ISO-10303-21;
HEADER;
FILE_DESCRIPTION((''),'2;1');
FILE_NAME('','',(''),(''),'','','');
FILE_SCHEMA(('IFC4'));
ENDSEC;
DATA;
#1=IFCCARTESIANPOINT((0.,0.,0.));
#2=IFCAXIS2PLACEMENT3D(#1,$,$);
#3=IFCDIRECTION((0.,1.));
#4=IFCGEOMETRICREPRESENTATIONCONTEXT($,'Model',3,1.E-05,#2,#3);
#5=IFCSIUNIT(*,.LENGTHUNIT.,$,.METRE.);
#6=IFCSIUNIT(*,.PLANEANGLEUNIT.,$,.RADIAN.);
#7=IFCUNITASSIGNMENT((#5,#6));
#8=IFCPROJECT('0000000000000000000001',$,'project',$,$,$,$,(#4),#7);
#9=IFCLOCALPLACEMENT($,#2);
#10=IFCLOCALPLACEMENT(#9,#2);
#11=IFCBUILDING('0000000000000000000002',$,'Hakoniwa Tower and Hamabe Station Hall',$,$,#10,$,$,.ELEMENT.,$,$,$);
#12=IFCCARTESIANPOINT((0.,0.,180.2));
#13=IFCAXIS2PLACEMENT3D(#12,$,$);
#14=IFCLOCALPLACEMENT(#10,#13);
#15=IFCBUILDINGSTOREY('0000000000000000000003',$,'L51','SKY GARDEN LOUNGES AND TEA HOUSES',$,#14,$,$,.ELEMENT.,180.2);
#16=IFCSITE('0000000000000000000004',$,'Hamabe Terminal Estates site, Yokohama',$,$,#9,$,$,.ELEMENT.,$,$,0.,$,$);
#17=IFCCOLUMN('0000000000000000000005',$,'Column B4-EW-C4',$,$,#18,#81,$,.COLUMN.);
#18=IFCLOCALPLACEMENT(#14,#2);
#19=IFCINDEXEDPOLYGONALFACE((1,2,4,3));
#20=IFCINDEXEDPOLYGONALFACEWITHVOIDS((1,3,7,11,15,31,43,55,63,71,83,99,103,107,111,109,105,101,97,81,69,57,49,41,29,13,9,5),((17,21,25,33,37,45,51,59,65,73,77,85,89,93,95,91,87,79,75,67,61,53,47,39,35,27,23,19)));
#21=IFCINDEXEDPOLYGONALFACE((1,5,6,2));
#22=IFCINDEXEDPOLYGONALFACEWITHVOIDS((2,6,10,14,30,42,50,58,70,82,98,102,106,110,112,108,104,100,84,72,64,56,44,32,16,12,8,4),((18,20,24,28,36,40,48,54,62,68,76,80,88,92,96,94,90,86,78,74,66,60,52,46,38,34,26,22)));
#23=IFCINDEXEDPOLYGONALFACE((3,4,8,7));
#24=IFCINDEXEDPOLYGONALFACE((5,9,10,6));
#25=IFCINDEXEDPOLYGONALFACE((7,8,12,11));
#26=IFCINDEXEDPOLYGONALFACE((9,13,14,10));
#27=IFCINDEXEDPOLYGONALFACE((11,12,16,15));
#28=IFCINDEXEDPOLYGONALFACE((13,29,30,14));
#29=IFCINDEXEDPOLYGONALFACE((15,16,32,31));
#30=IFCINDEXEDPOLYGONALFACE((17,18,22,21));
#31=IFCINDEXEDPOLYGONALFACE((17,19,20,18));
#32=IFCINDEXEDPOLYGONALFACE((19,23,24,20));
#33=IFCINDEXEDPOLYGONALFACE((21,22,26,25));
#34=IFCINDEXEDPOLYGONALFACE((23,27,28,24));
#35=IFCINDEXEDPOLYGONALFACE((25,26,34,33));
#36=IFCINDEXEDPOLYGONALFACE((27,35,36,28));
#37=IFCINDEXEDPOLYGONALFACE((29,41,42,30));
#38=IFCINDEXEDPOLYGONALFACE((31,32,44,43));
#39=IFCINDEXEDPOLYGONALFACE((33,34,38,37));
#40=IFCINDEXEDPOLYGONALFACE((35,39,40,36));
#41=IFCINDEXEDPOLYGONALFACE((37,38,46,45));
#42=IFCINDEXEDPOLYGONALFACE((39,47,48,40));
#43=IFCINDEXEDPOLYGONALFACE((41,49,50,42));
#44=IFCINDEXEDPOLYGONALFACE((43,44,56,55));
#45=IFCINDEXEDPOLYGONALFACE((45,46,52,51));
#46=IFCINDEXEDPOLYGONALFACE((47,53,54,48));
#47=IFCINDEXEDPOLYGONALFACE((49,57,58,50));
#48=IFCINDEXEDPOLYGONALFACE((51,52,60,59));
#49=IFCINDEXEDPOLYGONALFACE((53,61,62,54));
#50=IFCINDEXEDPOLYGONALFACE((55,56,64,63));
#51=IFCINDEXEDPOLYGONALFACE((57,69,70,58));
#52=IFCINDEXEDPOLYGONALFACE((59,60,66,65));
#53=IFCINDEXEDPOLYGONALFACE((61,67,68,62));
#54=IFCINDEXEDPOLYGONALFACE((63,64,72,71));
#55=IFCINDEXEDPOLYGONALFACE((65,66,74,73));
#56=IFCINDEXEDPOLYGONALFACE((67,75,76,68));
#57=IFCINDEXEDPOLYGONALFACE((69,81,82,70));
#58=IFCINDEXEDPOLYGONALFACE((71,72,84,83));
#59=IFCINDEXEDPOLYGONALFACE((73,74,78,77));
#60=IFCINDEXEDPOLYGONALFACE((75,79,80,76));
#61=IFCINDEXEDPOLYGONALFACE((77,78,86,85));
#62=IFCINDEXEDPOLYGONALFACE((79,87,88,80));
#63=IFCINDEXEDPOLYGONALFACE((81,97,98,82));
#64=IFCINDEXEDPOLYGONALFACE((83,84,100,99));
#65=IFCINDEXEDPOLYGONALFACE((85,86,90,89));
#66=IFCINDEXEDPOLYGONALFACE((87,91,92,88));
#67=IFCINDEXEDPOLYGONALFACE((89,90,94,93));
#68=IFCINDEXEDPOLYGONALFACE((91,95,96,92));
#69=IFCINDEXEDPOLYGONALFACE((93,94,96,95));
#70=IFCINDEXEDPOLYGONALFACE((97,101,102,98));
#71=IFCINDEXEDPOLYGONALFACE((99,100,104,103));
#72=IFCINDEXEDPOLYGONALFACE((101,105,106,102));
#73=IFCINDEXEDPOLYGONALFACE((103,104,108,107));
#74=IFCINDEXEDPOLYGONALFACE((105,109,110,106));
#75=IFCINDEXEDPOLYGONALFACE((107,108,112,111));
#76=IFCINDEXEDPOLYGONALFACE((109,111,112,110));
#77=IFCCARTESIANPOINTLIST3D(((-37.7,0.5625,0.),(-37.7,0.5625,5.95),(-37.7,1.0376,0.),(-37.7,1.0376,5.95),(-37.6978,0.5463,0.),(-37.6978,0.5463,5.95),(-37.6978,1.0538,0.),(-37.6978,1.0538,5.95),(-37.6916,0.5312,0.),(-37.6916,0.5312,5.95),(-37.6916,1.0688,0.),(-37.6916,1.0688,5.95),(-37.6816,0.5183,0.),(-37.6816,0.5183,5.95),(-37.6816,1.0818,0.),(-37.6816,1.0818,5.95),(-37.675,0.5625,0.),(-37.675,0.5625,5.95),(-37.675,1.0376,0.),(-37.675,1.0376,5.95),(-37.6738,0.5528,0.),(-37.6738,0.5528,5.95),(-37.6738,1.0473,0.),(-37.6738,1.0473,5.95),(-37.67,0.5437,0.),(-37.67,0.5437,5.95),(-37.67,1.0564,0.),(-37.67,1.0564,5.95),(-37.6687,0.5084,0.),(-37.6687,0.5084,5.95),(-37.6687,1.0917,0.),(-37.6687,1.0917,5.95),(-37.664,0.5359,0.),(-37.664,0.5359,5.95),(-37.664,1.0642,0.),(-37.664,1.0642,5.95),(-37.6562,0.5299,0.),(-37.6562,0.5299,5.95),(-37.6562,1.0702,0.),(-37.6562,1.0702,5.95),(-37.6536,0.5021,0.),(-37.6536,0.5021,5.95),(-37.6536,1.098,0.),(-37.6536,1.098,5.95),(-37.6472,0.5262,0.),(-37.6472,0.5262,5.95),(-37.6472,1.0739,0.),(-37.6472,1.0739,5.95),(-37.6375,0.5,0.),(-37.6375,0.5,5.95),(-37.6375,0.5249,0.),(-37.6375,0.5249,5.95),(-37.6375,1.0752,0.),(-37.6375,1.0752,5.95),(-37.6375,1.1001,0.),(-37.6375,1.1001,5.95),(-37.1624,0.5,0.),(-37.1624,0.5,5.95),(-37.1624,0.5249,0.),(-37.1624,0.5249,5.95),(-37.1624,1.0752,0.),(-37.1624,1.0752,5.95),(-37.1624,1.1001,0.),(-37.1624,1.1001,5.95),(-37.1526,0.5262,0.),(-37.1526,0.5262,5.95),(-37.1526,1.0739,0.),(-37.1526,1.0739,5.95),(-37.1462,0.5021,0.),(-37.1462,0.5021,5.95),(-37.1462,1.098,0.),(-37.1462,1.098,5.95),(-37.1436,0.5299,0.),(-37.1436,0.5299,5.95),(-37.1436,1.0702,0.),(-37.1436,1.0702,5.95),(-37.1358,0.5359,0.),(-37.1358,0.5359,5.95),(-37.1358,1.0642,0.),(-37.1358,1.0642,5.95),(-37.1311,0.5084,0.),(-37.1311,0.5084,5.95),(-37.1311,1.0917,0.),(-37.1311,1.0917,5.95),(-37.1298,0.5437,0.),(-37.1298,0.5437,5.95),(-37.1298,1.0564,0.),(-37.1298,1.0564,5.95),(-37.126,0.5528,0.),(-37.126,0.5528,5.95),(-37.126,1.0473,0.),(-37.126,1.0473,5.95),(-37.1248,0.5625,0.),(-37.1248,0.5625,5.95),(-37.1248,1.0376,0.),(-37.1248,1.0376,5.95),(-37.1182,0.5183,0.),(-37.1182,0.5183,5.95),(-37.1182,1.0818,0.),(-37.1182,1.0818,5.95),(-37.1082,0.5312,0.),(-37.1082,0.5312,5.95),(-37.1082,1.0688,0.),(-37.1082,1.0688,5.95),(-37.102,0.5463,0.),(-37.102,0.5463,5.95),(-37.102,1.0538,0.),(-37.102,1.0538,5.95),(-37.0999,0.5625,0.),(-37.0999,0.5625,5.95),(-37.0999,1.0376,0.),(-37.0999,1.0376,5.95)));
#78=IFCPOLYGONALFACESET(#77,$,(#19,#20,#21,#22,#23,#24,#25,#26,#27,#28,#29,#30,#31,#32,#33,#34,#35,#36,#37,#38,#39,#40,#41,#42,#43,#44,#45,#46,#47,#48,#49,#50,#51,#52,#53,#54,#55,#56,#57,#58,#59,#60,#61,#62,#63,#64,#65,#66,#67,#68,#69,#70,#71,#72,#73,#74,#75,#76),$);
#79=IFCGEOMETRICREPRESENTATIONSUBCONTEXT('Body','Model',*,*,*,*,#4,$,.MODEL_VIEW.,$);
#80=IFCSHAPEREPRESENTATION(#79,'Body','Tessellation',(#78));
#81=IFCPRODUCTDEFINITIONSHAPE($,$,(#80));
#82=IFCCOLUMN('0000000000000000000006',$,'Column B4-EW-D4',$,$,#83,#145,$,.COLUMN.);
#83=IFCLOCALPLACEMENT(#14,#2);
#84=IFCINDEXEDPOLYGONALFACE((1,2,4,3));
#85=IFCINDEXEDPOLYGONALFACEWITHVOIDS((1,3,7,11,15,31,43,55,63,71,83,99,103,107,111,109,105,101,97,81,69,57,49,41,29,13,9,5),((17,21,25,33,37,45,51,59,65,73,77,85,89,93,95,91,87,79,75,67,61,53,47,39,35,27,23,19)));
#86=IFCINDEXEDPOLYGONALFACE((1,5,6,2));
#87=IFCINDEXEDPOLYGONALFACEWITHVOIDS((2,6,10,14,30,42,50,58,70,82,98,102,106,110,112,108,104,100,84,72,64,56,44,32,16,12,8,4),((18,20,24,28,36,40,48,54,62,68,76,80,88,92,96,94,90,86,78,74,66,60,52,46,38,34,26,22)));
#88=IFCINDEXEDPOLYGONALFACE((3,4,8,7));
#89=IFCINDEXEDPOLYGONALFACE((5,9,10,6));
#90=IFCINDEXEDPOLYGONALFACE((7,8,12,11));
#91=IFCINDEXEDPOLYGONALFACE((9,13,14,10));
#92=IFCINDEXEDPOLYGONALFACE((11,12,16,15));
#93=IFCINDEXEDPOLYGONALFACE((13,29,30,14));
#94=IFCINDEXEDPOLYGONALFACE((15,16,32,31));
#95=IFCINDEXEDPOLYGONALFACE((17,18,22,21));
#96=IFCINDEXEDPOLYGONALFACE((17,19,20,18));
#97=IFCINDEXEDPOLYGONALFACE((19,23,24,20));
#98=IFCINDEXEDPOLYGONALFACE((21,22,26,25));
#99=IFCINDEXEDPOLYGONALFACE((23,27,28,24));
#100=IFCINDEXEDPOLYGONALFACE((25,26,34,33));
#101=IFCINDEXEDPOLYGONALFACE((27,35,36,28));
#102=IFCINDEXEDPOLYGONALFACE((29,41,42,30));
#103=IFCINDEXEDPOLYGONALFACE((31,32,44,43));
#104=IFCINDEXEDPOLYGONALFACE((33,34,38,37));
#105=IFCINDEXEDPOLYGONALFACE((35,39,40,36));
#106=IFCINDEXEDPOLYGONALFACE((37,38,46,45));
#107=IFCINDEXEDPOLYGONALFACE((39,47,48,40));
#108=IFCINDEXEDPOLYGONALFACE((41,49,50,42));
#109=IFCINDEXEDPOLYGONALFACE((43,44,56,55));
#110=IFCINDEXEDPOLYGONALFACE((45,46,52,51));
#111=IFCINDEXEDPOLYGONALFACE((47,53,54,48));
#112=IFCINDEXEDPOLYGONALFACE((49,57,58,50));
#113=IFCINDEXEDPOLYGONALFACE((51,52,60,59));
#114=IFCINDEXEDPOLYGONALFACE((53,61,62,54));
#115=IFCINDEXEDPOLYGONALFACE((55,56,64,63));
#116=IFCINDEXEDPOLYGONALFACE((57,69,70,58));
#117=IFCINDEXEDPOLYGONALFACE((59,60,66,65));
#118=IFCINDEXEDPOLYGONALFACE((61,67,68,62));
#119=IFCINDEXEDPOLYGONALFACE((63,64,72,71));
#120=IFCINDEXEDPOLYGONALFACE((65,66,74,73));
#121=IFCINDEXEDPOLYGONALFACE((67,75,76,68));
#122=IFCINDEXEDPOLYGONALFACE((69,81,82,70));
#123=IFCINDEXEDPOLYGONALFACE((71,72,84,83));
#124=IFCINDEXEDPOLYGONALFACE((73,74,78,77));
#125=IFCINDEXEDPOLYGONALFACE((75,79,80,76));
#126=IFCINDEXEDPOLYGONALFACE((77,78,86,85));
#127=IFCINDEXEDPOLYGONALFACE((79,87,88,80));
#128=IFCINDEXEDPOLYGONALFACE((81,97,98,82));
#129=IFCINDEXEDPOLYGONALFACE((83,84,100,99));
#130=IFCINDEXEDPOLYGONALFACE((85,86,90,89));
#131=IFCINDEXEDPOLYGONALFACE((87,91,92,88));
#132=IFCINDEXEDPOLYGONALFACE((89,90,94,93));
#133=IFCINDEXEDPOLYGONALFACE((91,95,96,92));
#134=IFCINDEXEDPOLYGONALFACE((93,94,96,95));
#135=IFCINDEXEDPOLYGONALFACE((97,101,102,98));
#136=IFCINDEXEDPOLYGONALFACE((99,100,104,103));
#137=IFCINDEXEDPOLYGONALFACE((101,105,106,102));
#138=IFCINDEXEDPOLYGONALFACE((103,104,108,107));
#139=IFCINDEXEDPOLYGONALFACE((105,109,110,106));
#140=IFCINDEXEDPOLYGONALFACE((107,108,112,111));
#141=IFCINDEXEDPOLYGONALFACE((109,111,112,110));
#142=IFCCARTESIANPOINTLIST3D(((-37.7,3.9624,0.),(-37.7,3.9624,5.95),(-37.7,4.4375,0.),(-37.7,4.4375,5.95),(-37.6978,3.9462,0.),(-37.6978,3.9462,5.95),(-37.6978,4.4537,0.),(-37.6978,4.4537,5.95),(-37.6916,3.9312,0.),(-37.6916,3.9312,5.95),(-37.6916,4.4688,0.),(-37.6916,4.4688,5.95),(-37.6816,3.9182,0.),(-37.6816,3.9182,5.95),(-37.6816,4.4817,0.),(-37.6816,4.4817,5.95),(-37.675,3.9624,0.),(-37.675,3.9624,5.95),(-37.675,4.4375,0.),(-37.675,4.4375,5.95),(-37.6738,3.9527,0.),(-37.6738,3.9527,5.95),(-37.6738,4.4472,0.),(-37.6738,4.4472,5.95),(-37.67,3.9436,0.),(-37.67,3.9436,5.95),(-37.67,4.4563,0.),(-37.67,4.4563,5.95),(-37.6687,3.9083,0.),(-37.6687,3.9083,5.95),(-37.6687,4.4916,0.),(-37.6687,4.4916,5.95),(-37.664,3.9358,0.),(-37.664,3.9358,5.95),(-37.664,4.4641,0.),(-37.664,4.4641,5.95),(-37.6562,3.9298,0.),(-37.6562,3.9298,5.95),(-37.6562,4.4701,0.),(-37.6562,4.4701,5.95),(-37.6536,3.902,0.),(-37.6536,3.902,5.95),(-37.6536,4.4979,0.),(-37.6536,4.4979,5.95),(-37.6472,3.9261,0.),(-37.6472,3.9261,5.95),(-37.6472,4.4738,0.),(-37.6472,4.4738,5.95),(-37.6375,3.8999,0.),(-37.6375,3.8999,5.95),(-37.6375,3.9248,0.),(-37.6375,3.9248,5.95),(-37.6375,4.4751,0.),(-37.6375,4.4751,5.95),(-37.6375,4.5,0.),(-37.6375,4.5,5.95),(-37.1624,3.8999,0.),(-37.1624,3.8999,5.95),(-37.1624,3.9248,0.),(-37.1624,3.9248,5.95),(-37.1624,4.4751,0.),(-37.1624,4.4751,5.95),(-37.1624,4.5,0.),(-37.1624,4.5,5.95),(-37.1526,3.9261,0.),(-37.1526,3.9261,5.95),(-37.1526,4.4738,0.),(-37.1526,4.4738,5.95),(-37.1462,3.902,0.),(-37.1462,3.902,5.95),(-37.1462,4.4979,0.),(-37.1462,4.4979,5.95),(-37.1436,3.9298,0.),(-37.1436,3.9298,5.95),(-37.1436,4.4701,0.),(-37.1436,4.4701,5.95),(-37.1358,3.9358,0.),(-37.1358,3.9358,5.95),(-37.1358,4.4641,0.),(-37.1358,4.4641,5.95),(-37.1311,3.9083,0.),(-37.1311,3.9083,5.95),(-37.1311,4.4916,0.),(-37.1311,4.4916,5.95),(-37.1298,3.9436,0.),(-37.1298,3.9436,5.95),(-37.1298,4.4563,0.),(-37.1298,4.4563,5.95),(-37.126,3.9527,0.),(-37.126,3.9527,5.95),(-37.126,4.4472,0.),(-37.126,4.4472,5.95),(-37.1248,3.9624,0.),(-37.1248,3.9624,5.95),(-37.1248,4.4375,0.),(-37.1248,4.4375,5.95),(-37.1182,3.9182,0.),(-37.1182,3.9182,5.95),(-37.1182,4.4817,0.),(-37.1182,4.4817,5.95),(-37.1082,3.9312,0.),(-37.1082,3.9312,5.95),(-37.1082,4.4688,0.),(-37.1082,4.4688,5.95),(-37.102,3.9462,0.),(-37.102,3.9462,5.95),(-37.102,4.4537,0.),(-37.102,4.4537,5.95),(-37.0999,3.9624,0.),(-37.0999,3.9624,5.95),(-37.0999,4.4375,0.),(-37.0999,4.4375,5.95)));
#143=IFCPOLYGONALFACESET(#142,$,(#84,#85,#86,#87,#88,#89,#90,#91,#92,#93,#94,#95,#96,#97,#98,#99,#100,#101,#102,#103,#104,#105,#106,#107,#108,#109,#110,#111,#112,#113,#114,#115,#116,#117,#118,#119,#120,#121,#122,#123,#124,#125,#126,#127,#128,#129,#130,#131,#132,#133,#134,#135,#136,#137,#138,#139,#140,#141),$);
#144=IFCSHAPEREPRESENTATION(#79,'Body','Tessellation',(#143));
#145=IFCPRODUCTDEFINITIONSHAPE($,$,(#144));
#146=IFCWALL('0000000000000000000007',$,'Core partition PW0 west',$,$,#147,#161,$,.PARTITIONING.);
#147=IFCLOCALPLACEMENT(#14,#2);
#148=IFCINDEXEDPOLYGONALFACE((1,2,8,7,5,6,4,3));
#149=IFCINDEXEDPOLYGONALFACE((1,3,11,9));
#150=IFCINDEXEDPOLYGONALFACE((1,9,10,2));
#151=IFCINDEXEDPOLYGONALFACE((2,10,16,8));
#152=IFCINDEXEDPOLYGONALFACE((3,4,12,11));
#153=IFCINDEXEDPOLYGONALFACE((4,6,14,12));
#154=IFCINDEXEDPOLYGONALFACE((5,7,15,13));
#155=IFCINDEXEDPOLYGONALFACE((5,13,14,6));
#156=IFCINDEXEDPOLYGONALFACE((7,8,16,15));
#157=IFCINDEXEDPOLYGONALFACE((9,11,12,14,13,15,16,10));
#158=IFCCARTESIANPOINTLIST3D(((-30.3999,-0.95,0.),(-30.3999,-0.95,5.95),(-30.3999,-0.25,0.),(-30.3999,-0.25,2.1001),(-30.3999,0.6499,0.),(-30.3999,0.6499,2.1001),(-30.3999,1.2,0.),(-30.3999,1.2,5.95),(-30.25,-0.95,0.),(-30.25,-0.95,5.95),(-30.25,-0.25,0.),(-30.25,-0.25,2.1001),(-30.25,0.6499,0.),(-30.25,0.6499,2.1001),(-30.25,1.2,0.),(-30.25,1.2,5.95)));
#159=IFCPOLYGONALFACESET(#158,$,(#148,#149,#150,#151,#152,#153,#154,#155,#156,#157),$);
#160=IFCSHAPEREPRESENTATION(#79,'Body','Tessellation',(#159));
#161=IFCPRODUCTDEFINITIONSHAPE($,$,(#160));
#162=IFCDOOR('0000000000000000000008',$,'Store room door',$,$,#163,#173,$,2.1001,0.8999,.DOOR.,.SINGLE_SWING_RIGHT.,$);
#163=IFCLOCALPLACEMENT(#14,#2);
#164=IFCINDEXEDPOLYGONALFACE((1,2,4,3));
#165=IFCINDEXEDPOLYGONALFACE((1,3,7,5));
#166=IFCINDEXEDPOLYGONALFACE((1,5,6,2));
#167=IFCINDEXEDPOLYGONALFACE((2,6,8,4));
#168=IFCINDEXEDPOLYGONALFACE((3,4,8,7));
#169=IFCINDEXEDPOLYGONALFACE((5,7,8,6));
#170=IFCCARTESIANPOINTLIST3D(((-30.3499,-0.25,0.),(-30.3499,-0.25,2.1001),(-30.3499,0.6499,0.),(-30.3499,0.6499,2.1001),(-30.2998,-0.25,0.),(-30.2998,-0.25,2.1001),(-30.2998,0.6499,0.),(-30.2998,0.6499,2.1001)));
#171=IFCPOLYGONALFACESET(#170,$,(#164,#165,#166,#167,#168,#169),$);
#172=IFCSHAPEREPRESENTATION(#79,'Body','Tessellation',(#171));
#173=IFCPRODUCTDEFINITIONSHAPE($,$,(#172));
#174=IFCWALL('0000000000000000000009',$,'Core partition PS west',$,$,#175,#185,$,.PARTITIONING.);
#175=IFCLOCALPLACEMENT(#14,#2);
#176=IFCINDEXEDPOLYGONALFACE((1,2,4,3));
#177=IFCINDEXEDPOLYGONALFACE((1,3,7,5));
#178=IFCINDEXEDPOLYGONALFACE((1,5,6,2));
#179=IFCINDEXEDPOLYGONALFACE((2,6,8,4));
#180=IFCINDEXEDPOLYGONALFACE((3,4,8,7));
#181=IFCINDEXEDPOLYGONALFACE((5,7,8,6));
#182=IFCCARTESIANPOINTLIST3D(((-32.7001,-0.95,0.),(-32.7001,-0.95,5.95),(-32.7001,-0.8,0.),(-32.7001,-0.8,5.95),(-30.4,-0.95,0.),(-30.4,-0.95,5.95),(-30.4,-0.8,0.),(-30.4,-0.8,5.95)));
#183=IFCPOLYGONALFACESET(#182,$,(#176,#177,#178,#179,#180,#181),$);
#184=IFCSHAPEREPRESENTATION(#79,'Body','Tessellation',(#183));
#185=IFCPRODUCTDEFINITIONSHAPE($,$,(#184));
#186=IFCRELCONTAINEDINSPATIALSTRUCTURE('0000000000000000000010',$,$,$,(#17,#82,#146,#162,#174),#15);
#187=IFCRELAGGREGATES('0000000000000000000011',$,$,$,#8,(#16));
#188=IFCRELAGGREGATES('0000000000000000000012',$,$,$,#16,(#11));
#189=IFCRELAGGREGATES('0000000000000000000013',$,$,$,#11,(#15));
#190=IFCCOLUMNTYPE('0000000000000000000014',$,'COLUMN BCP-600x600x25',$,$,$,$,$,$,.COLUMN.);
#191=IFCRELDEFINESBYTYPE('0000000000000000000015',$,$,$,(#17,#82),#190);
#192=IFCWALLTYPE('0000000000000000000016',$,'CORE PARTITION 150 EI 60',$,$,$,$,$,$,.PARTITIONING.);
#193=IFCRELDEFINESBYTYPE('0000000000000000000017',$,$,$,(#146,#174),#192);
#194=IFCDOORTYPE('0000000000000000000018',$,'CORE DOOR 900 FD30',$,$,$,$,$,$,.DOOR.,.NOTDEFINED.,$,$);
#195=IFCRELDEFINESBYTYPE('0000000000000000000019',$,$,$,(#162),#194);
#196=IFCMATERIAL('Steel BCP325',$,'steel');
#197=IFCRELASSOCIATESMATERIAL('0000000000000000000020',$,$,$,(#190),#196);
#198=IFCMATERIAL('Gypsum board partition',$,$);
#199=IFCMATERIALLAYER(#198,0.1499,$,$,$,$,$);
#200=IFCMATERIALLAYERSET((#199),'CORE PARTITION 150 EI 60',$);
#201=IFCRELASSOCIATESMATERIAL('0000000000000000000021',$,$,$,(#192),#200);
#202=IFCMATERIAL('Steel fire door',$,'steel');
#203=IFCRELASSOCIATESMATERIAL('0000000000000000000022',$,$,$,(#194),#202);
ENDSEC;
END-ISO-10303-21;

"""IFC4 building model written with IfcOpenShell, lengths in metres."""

from ifc_helpers import new_model, si_unit, direction, frame, frame_2d, origin, origin_2d, place, context, subcontext, project, spatial, rectangle, hollow_rectangle, extrude, material, layer, layer_set, material_profile, profile_set, type_object, element, fill, save


model = new_model("IFC4")

# Units and contexts
model_context = context("Model", 3, precision=1e-05, world=origin(), true_north=direction((0.0, 1.0)))
body_context = subcontext(model_context, "Body", "Model", "MODEL_VIEW")
ifc_project = project(units=[si_unit("LENGTHUNIT", "METRE"), si_unit("PLANEANGLEUNIT", "RADIAN")], contexts=[model_context])

# Site, building, storey
site_placement = place(None, origin())
site = spatial("IfcSite", under=ifc_project, at=site_placement, Name="Hamabe Terminal Estates site, Yokohama", CompositionType="ELEMENT", RefElevation=0.0)
building_placement = place(site_placement, origin())
building = spatial("IfcBuilding", under=site, at=building_placement, Name="Hakoniwa Tower and Hamabe Station Hall", CompositionType="ELEMENT")
storey_placement = place(building_placement, frame((0.0, 0.0, 180.2)))
storey = spatial("IfcBuildingStorey", under=building, at=storey_placement, Name="L51", Description="SKY GARDEN LOUNGES AND TEA HOUSES", CompositionType="ELEMENT", Elevation=180.2)

# Columns
ifc_material_1 = material(Name="Steel BCP325", Category="steel")
ifc_material_profile = material_profile(ifc_material_1, hollow_rectangle(XDim=0.6001, YDim=0.6001, WallThickness=0.0249, InnerFilletRadius=0.0376, OuterFilletRadius=0.0625, at=origin_2d()), Name="BCP-600x600x25")
ifc_profile_set = profile_set([ifc_material_profile], Name="Steel BCP325")
column_type = type_object("IfcColumnType", Name="COLUMN BCP-600x600x25", PredefinedType="COLUMN", material=ifc_profile_set)
for number, where, z_axis, x_axis, name in (
    (1, (-37.3999, 0.8, 0.0), (0.0, 0.0, 1.0), (1.0, 0.0, 0.0), "Column B4-EW-C4"),
    (2, (-37.3999, 4.2, 0.0), (0.0, 0.0, 1.0), (1.0, 0.0, 0.0), "Column B4-EW-D4"),
):
    element("IfcColumn", number, at=place(storey_placement, frame(where, z_axis=z_axis, x_axis=x_axis)), inside=storey, type_object=column_type, Name=name, PredefinedType="COLUMN", context=body_context, shape_type="SweptSolid", body=[
        extrude(hollow_rectangle(XDim=0.6001, YDim=0.6001, WallThickness=0.0249, InnerFilletRadius=0.0376, OuterFilletRadius=0.0625, at=origin_2d()), origin(), (0.0, 0.0, 1.0), 5.95),
    ])

# Wall, opening, door
ifc_material_2 = material(Name="Gypsum board partition")
ifc_layer_1 = layer(ifc_material_2, 0.1499)
ifc_layer_set_1 = layer_set([ifc_layer_1], Name="CORE PARTITION 150 EI 60")
wall_type_1 = type_object("IfcWallType", Name="CORE PARTITION 150 EI 60", PredefinedType="PARTITIONING", material=ifc_layer_set_1)
wall_1_placement = place(storey_placement, frame((-30.325, -0.95, 0.0), z_axis=(0.0, 0.0, 1.0), x_axis=(0.0, 1.0, 0.0)))
wall_1 = element("IfcWall", 3, at=wall_1_placement, inside=storey, type_object=wall_type_1, Name="Core partition PW0 west", PredefinedType="PARTITIONING", context=body_context, shape_type="SweptSolid", body=[
    extrude(rectangle(XDim=2.1499, YDim=0.1499, at=frame_2d((1.075, 0.0))), origin(), (0.0, 0.0, 1.0), 5.95),
])
opening_1_placement = place(wall_1_placement, frame((0.7, 0.0, 0.0)))
opening_1 = element("IfcOpeningElement", 4, at=opening_1_placement, cuts=wall_1, PredefinedType="OPENING", context=body_context, shape_type="SweptSolid", body=[
    extrude(rectangle(XDim=0.8999, YDim=2.1001, at=frame_2d((0.45, 1.05))), frame((0.0, 0.085, 0.0), z_axis=(0.0, -1.0, 0.0), x_axis=(1.0, 0.0, 0.0)), (0.0, 0.0, 1.0), 0.1699),
])
ifc_material_3 = material(Name="Steel fire door", Category="steel")
door_type_1 = type_object("IfcDoorType", Name="CORE DOOR 900 FD30", OperationType="NOTDEFINED", PredefinedType="DOOR", material=ifc_material_3)
door_1_placement = place(opening_1_placement, origin())
door_1 = element("IfcDoor", 5, at=door_1_placement, inside=storey, type_object=door_type_1, Name="Store room door", OperationType="SINGLE_SWING_RIGHT", OverallHeight=2.1001, OverallWidth=0.8999, PredefinedType="DOOR", context=body_context, shape_type="SweptSolid", body=[
    extrude(rectangle(XDim=0.8999, YDim=2.1001, at=frame_2d((0.45, 1.05))), frame((0.0, 0.0249, 0.0), z_axis=(0.0, -1.0, 0.0), x_axis=(1.0, 0.0, 0.0)), (0.0, 0.0, 1.0), 0.05),
])
fill(opening_1, door_1)

# Wall
wall_2_placement = place(storey_placement, frame((-32.7, -0.875, 0.0), z_axis=(0.0, 0.0, 1.0), x_axis=(1.0, 0.0, 0.0)))
element("IfcWall", 6, at=wall_2_placement, inside=storey, type_object=wall_type_1, Name="Core partition PS west", PredefinedType="PARTITIONING", context=body_context, shape_type="SweptSolid", body=[
    extrude(rectangle(XDim=2.3, YDim=0.1499, at=frame_2d((1.1499, 0.0))), origin(), (0.0, 0.0, 1.0), 5.95),
])

save(model, "model.ifc")
